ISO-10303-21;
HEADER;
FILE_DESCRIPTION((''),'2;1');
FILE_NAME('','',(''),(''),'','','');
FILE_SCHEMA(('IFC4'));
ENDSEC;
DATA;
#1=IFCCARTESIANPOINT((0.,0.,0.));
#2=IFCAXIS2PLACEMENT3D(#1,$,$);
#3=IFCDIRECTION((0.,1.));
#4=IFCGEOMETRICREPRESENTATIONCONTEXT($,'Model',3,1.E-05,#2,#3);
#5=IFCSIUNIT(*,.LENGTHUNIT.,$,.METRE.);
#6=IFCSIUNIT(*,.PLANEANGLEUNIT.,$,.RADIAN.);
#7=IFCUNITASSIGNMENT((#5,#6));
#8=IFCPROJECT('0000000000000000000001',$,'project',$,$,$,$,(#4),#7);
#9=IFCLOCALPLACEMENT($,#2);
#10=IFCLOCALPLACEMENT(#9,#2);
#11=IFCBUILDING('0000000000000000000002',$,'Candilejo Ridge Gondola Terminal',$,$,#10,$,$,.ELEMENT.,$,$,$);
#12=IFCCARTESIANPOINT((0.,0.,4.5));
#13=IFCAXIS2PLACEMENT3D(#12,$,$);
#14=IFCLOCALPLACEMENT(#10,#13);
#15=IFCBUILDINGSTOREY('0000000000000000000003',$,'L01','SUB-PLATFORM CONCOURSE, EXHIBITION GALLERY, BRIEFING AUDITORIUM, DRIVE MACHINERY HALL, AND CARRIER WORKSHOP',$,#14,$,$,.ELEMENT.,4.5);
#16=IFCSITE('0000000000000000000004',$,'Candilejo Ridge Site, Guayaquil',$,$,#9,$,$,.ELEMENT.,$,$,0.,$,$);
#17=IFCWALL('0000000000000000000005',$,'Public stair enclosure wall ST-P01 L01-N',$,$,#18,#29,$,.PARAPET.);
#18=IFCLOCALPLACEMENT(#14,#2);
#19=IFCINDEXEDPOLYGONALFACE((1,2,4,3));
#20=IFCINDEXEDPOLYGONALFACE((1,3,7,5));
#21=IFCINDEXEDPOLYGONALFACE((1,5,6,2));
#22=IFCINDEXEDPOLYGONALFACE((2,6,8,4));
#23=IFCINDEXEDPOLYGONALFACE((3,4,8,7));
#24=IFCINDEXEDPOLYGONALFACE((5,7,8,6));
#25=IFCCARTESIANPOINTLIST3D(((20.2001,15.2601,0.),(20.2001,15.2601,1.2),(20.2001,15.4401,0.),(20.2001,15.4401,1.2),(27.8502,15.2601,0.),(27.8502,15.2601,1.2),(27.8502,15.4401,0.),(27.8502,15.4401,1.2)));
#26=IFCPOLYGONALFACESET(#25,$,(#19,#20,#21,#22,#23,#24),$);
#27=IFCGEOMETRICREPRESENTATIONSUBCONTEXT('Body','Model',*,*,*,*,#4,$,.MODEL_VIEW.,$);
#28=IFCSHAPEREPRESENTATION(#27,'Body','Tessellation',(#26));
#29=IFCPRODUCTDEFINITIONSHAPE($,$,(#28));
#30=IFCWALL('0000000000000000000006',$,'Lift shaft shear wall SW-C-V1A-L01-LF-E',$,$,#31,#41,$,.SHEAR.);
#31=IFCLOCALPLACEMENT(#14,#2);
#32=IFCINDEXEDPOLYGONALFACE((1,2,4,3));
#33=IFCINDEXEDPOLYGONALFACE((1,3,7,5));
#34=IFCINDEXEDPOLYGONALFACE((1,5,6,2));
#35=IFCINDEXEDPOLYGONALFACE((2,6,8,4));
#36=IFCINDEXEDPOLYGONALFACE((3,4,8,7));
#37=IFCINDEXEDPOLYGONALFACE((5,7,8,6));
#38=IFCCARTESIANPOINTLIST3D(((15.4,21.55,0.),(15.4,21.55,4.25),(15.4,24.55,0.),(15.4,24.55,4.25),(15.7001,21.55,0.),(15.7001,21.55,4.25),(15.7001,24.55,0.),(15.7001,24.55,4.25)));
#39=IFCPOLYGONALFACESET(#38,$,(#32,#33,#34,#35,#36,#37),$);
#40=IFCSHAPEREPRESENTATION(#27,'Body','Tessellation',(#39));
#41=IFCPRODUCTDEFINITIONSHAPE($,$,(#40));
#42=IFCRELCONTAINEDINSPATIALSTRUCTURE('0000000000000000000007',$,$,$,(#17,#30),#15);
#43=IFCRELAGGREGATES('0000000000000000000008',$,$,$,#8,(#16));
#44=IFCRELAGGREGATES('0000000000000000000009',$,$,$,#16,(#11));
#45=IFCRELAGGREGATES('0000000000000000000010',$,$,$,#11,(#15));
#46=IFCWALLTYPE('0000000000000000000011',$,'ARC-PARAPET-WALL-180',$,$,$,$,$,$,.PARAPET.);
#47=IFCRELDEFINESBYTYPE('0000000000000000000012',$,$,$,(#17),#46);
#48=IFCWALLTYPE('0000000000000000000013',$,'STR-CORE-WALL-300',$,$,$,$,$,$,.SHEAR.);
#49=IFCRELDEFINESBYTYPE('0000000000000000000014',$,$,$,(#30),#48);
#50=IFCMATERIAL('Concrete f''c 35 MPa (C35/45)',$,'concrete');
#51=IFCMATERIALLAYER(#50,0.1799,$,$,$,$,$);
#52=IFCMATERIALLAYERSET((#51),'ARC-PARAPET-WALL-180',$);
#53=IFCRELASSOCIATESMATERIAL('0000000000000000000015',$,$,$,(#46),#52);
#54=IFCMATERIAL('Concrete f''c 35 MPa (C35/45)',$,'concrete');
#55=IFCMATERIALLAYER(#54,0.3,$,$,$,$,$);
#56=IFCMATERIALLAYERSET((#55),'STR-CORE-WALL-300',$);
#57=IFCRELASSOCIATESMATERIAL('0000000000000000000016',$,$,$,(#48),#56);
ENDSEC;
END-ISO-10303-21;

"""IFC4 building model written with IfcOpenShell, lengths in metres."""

from ifc_helpers import new_model, si_unit, direction, frame, frame_2d, origin, place, context, subcontext, project, spatial, rectangle, extrude, material, layer, layer_set, type_object, element, save


model = new_model("IFC4")

# Units and contexts
model_context = context("Model", 3, precision=1e-05, world=origin(), true_north=direction((0.0, 1.0)))
body_context = subcontext(model_context, "Body", "Model", "MODEL_VIEW")
ifc_project = project(units=[si_unit("LENGTHUNIT", "METRE"), si_unit("PLANEANGLEUNIT", "RADIAN")], contexts=[model_context])

# Site, building, storey
site_placement = place(None, origin())
site = spatial("IfcSite", under=ifc_project, at=site_placement, Name="Candilejo Ridge Site, Guayaquil", CompositionType="ELEMENT", RefElevation=0.0)
building_placement = place(site_placement, origin())
building = spatial("IfcBuilding", under=site, at=building_placement, Name="Candilejo Ridge Gondola Terminal", CompositionType="ELEMENT")
storey_placement = place(building_placement, frame((0.0, 0.0, 4.5)))
storey = spatial("IfcBuildingStorey", under=building, at=storey_placement, Name="L01", Description="SUB-PLATFORM CONCOURSE, EXHIBITION GALLERY, BRIEFING AUDITORIUM, DRIVE MACHINERY HALL, AND CARRIER WORKSHOP", CompositionType="ELEMENT", Elevation=4.5)

# Walls
ifc_material_1 = material(Name="Concrete f'c 35 MPa (C35/45)", Category="concrete")
ifc_layer_1 = layer(ifc_material_1, 0.1799)
ifc_layer_set_1 = layer_set([ifc_layer_1], Name="ARC-PARAPET-WALL-180")
wall_type_1 = type_object("IfcWallType", Name="ARC-PARAPET-WALL-180", PredefinedType="PARAPET", material=ifc_layer_set_1)
wall_1_placement = place(storey_placement, frame((20.2, 15.3501, 0.0), z_axis=(0.0, 0.0, 1.0), x_axis=(1.0, 0.0, 0.0)))
element("IfcWall", 1, at=wall_1_placement, inside=storey, type_object=wall_type_1, Name="Public stair enclosure wall ST-P01 L01-N", PredefinedType="PARAPET", context=body_context, shape_type="SweptSolid", body=[
    extrude(rectangle(XDim=7.6501, YDim=0.1799, at=frame_2d((3.8252, 0.0))), origin(), (0.0, 0.0, 1.0), 1.2),
])
ifc_material_2 = material(Name="Concrete f'c 35 MPa (C35/45)", Category="concrete")
ifc_layer_2 = layer(ifc_material_2, 0.3)
ifc_layer_set_2 = layer_set([ifc_layer_2], Name="STR-CORE-WALL-300")
wall_type_2 = type_object("IfcWallType", Name="STR-CORE-WALL-300", PredefinedType="SHEAR", material=ifc_layer_set_2)
wall_2_placement = place(storey_placement, frame((15.55, 21.55, 0.0), z_axis=(0.0, 0.0, 1.0), x_axis=(0.0, 1.0, 0.0)))
element("IfcWall", 2, at=wall_2_placement, inside=storey, type_object=wall_type_2, Name="Lift shaft shear wall SW-C-V1A-L01-LF-E", PredefinedType="SHEAR", context=body_context, shape_type="SweptSolid", body=[
    extrude(rectangle(XDim=3.0, YDim=0.3, at=frame_2d((1.5, 0.0))), origin(), (0.0, 0.0, 1.0), 4.25),
])

save(model, "model.ifc")
